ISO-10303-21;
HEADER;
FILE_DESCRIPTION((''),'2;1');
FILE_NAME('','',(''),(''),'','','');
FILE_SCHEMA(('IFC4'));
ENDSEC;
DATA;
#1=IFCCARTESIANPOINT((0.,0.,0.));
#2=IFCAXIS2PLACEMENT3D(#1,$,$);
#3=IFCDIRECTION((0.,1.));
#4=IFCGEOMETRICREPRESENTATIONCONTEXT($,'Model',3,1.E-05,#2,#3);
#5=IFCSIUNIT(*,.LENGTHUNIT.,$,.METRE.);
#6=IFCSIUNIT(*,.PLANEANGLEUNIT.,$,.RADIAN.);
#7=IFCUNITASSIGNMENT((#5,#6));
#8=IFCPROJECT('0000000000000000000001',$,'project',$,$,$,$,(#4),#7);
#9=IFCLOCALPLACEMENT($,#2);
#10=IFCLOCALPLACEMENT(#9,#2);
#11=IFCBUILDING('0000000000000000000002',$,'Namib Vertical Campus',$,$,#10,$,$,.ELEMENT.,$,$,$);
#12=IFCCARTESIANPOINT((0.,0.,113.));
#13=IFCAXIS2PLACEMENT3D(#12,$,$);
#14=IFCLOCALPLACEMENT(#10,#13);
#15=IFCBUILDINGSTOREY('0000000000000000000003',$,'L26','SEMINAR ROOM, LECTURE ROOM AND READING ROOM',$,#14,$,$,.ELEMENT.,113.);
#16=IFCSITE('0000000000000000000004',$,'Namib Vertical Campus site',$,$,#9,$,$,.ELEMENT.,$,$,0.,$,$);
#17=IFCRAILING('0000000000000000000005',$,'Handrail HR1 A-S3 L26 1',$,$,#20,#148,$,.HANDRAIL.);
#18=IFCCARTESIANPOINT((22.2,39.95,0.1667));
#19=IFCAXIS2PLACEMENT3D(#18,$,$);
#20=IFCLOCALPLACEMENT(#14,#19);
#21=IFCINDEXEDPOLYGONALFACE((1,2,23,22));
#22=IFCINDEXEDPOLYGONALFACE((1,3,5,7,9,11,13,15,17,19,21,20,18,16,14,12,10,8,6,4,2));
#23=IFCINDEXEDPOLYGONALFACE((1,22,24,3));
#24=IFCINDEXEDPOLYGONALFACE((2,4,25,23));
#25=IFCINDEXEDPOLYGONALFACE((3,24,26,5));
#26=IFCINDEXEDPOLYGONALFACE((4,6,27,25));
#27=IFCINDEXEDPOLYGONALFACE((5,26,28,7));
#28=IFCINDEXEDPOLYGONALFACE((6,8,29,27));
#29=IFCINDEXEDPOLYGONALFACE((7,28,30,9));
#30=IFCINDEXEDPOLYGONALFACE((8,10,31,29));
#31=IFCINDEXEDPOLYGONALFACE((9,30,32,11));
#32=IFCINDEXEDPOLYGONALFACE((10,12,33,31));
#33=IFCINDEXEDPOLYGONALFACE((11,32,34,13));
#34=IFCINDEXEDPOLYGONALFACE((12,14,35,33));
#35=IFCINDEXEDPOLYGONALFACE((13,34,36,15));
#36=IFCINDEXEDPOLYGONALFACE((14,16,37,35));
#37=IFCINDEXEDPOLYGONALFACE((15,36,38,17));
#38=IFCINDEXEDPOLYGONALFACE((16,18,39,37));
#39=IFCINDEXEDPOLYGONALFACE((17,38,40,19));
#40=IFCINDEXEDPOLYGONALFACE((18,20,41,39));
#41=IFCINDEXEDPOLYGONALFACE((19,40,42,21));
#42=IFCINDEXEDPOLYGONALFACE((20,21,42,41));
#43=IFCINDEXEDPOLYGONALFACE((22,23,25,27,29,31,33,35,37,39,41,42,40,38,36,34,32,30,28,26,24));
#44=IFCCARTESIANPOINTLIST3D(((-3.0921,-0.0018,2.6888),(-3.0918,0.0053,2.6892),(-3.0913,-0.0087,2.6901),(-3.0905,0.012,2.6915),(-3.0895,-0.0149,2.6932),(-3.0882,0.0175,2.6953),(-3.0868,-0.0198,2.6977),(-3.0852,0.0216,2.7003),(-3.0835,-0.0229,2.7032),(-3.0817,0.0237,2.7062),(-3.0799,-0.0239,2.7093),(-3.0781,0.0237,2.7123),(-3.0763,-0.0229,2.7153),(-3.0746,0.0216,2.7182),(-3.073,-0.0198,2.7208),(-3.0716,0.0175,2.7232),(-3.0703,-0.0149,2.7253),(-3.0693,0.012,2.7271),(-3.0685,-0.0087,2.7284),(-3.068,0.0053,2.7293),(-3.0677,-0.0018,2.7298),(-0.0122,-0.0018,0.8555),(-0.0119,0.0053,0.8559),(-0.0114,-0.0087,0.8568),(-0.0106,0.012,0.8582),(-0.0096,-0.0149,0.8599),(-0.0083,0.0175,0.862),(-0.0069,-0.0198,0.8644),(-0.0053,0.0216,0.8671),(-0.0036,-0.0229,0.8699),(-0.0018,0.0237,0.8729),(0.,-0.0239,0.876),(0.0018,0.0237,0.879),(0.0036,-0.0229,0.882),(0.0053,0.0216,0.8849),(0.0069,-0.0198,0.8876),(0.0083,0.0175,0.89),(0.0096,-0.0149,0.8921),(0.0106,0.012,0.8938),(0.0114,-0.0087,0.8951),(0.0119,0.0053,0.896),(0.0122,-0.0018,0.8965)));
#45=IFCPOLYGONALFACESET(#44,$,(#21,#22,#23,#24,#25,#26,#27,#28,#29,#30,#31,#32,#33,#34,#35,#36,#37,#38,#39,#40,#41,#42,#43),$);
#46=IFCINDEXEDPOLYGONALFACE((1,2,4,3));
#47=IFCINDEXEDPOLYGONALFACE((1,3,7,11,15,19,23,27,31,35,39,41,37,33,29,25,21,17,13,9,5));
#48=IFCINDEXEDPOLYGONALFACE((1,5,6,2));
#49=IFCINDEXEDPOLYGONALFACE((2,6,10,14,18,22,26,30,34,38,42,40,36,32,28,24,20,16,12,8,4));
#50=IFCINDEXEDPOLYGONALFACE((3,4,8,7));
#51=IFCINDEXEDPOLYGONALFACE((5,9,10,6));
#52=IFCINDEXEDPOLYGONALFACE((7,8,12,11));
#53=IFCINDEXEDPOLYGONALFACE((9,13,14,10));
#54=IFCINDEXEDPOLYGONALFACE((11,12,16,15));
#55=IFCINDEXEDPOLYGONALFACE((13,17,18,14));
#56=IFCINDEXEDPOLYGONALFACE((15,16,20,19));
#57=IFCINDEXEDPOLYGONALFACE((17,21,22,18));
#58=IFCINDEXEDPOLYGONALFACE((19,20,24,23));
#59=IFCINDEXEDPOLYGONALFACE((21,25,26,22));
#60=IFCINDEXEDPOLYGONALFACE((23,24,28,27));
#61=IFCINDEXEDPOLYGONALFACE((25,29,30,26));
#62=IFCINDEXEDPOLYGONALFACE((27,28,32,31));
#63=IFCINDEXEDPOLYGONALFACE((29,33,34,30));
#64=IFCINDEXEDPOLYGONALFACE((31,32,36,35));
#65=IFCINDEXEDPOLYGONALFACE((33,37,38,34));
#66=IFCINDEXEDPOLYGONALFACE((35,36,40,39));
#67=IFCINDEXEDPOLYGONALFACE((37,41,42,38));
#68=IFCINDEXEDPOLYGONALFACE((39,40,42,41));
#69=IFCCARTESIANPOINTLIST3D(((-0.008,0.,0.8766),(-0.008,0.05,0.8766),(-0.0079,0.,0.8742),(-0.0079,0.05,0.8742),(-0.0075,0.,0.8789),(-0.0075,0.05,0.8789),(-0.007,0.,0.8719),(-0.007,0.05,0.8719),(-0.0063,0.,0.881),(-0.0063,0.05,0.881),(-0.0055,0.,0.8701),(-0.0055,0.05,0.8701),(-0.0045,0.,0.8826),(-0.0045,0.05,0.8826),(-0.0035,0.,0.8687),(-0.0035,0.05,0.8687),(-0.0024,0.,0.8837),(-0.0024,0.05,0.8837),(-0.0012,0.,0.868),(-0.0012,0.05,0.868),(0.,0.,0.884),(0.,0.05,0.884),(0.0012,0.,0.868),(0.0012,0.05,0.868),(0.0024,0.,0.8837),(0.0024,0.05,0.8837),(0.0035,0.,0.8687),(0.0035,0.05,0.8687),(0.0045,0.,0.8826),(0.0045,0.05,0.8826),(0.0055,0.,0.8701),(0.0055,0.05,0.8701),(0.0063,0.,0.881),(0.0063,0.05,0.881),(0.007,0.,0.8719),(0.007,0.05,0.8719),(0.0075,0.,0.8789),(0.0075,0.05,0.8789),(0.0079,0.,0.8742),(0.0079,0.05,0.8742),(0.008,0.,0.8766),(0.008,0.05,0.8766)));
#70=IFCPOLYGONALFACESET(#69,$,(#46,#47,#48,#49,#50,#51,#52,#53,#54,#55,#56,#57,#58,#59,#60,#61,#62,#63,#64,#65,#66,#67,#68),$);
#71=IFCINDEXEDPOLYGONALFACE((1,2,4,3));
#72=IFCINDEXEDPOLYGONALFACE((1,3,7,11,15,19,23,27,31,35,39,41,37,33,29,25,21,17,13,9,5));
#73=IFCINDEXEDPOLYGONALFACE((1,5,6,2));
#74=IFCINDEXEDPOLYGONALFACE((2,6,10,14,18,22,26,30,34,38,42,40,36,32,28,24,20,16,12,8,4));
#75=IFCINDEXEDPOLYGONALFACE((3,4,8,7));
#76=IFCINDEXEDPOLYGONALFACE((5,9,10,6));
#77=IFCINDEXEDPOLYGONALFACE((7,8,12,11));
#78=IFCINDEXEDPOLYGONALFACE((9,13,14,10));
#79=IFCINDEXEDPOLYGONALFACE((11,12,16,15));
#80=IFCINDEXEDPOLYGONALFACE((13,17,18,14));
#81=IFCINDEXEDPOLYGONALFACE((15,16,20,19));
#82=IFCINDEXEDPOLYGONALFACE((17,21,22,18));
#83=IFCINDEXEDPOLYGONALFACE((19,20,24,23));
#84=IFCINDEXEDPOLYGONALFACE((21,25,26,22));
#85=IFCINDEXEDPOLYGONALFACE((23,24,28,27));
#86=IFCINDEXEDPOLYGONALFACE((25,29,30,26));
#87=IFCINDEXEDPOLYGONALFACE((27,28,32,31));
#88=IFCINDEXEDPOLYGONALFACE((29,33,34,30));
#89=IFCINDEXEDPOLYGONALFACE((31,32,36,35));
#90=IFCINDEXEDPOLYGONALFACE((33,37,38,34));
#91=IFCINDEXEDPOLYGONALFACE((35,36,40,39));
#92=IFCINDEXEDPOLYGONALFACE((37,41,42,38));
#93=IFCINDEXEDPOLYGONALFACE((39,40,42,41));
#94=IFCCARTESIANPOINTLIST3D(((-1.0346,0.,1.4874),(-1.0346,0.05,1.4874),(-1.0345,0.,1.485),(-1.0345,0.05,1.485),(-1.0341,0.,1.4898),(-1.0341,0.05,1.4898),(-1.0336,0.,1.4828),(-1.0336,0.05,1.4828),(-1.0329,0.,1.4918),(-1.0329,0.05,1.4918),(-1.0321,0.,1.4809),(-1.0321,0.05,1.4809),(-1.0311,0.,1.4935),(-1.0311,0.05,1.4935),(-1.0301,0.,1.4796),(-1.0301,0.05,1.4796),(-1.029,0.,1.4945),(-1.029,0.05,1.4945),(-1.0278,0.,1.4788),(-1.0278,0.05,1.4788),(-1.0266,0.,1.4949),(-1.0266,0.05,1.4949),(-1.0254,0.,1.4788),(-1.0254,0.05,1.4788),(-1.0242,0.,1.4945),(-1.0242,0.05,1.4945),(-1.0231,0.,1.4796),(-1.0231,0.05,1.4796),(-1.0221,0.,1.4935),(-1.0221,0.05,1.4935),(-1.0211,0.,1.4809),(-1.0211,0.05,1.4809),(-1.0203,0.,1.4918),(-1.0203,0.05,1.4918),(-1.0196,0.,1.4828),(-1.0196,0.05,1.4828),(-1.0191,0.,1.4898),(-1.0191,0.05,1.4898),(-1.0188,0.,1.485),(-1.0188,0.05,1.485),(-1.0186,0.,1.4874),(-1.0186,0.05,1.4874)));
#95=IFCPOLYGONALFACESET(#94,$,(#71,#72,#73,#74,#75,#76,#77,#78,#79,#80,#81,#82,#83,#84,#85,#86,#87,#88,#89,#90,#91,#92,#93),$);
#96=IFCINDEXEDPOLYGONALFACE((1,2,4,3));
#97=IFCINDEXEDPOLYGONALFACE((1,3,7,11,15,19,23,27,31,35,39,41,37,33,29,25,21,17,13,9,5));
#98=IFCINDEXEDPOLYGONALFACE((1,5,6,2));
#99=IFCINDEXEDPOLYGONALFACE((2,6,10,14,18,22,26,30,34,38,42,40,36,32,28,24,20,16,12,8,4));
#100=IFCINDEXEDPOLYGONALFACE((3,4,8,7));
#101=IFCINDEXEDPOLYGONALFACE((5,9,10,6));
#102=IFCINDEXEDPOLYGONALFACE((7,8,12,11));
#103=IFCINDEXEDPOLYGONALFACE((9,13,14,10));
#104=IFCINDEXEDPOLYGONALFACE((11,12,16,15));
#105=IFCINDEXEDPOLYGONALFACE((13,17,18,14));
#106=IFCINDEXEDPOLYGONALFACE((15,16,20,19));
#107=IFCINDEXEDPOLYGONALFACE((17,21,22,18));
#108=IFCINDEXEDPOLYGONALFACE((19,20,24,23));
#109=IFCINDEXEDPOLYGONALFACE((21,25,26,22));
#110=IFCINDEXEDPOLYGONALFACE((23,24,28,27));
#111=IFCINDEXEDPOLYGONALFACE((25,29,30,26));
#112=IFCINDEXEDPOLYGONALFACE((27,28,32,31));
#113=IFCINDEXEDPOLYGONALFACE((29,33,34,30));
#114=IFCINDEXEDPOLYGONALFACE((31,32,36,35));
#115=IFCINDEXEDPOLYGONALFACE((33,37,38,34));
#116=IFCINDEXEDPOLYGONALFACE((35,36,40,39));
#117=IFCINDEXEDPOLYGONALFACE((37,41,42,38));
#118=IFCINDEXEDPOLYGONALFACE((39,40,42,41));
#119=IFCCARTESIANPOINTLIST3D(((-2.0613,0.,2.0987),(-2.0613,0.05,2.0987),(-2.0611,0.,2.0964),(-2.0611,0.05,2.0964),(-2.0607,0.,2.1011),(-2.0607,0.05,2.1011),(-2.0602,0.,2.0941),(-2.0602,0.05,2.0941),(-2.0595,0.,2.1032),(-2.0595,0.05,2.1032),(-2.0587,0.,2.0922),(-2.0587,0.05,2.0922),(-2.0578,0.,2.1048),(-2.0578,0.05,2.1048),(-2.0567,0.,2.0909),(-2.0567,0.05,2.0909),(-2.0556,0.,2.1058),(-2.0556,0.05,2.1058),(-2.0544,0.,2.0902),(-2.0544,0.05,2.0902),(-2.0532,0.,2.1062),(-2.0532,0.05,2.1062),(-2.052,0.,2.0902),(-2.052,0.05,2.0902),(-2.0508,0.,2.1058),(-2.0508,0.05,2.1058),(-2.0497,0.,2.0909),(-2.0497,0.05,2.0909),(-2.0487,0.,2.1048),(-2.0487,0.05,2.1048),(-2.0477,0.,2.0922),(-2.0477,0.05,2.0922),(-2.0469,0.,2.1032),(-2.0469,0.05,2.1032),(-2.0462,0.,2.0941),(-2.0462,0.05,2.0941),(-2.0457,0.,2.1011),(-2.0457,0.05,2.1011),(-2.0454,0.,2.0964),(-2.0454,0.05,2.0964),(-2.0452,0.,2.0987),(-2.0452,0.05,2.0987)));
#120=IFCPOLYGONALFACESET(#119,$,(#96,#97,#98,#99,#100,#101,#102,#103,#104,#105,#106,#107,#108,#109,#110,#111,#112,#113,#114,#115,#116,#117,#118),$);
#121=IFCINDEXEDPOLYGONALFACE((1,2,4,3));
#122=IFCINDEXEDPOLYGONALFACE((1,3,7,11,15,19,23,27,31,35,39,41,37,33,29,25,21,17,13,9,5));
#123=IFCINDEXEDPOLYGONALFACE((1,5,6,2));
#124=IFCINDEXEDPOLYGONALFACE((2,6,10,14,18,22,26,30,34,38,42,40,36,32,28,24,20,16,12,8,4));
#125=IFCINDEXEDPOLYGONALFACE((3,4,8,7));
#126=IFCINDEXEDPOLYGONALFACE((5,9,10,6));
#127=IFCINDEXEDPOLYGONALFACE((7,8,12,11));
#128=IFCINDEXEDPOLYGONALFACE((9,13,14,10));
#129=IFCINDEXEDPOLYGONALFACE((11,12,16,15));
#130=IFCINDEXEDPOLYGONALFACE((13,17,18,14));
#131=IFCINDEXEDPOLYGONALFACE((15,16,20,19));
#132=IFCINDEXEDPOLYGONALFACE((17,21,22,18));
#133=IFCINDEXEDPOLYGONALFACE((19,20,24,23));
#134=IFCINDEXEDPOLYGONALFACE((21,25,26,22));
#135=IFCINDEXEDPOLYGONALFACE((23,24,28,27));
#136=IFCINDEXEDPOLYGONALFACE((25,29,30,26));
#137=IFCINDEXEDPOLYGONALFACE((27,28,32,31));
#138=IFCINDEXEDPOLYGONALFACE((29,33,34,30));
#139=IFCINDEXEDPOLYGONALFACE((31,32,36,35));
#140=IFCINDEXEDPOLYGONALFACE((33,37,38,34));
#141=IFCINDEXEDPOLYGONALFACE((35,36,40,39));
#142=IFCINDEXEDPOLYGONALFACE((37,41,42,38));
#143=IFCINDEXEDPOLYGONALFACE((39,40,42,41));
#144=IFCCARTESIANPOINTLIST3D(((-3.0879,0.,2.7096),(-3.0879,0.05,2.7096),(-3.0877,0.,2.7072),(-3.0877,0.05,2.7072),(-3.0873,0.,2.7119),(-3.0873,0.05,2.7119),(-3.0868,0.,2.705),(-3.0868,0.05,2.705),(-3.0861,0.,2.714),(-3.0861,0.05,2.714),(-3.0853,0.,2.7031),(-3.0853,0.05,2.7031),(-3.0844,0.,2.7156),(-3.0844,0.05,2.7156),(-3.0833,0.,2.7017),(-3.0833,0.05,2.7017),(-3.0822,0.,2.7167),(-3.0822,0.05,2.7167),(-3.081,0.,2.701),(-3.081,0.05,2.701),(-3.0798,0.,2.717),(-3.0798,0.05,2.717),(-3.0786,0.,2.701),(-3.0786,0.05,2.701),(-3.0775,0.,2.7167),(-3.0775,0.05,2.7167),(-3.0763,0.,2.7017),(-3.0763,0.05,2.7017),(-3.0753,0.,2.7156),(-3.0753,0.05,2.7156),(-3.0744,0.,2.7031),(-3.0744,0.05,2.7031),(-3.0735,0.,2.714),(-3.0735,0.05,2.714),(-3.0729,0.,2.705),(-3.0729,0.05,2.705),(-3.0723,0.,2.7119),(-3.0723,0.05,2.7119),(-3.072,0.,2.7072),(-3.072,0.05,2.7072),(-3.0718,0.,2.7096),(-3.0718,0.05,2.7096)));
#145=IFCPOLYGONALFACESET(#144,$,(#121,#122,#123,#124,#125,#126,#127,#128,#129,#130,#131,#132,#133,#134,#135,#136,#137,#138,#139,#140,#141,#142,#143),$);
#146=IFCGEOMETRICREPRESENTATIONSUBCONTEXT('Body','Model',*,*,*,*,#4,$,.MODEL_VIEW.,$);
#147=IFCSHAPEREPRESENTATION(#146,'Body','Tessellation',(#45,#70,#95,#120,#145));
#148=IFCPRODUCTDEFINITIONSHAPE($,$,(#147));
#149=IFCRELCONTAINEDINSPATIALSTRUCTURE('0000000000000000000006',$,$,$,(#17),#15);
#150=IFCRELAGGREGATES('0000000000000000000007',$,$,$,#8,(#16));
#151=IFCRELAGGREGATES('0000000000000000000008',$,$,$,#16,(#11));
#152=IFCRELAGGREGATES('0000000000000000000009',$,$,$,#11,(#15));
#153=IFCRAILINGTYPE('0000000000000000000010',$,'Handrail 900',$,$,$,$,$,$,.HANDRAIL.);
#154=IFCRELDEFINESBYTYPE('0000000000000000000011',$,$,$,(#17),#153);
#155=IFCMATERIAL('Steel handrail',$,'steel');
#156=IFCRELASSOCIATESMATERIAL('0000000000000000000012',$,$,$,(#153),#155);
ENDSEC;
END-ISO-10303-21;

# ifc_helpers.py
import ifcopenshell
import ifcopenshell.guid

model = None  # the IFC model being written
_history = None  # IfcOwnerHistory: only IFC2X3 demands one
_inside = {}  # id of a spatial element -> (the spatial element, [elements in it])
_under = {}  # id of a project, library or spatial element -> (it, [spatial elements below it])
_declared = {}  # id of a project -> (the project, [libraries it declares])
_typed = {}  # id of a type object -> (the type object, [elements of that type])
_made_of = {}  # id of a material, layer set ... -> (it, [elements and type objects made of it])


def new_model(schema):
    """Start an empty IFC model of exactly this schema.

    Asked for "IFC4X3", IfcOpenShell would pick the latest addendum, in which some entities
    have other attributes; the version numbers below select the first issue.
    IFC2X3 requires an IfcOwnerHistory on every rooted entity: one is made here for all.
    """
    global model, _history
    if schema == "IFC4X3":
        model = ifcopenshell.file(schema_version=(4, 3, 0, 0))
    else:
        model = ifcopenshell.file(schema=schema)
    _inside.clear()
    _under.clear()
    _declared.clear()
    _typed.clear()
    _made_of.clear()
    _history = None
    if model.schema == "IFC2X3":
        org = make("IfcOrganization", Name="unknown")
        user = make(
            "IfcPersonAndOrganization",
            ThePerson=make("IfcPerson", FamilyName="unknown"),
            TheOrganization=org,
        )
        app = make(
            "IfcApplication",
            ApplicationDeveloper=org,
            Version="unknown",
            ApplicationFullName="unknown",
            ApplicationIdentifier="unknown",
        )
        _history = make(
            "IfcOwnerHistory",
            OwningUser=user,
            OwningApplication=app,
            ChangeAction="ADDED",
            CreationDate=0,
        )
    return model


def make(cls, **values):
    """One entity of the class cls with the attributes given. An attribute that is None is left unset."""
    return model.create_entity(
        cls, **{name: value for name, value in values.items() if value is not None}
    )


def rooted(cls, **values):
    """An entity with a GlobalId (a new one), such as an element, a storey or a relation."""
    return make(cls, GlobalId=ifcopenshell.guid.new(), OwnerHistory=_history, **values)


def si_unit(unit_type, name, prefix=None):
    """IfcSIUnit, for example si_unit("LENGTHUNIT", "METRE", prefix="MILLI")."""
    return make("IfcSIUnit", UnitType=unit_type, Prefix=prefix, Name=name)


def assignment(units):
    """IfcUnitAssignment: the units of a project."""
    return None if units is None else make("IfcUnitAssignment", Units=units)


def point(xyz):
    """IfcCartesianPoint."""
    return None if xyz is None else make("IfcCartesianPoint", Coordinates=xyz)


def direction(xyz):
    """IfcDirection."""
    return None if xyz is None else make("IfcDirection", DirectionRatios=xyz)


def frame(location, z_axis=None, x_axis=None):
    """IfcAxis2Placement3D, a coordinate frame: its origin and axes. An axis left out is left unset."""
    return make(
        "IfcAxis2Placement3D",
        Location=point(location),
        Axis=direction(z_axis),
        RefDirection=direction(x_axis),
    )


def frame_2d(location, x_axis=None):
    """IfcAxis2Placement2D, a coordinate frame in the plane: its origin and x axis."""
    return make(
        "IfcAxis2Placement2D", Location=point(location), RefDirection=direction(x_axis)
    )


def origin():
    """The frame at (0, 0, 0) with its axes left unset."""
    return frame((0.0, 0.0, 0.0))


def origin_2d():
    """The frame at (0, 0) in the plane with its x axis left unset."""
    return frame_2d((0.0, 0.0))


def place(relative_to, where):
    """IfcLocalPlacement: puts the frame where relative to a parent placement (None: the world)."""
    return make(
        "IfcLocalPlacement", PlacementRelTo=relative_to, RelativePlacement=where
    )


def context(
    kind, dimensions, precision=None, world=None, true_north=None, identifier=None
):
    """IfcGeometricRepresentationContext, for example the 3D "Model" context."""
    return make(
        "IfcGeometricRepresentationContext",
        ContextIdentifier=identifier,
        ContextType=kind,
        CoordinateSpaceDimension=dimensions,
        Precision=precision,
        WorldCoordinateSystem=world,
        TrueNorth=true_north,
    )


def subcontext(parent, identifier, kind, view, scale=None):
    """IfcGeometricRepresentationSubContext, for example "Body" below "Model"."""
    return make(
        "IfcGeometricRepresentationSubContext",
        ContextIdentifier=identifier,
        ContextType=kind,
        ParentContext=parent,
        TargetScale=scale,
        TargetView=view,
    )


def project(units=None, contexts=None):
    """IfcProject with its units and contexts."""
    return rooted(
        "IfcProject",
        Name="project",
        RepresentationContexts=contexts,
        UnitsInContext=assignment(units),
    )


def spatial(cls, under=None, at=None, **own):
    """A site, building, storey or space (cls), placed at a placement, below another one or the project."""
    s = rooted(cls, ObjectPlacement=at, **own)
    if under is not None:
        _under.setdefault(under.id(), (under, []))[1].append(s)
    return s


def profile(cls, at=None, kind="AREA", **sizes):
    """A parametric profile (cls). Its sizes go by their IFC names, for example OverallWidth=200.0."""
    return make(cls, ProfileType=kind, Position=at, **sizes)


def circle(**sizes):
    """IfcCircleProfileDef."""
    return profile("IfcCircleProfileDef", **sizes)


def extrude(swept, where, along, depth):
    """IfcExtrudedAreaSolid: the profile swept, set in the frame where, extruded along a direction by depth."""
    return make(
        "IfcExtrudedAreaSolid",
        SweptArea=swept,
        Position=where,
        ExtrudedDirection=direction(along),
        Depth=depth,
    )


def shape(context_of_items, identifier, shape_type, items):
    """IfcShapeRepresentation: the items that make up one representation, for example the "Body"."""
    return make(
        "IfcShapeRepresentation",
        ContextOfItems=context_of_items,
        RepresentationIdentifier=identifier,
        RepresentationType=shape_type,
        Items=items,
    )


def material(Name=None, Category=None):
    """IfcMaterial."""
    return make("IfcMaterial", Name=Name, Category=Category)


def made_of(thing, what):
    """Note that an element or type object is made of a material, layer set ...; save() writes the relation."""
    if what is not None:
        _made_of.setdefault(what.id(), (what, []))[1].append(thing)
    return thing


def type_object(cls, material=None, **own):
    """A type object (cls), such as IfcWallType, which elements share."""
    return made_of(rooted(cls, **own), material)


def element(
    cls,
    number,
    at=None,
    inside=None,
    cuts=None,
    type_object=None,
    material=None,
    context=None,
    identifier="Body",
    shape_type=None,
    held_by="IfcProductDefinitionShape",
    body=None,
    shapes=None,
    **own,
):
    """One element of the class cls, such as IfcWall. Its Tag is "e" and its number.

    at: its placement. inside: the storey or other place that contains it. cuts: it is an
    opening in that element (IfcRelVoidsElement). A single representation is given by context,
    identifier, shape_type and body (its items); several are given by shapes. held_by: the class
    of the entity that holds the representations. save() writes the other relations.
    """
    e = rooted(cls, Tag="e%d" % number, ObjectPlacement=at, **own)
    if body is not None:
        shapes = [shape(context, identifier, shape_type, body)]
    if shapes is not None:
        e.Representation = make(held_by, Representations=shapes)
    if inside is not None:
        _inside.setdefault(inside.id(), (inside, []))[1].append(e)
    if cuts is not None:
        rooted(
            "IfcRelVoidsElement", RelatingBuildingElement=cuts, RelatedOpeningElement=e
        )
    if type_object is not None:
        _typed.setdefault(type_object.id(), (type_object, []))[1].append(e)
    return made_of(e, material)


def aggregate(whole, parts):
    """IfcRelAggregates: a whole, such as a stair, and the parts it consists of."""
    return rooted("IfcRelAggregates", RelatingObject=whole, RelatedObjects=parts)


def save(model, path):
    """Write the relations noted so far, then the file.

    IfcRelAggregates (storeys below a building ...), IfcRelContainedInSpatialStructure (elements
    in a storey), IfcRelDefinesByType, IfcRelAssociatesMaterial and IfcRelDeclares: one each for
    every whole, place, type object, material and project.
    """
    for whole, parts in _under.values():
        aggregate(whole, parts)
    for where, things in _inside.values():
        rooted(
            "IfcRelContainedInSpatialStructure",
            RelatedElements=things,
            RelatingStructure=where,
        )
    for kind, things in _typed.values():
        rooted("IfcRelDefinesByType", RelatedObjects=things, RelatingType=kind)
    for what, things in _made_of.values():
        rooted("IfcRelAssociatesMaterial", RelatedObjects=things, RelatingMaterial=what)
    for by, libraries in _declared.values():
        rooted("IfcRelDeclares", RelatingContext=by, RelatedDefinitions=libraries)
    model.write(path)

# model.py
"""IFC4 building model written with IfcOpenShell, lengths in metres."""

from ifc_helpers import new_model, si_unit, direction, frame, origin, origin_2d, place, context, subcontext, project, spatial, circle, extrude, material, type_object, element, save


model = new_model("IFC4")

# Units and contexts
model_context = context("Model", 3, precision=1e-05, world=origin(), true_north=direction((0.0, 1.0)))
body_context = subcontext(model_context, "Body", "Model", "MODEL_VIEW")
ifc_project = project(units=[si_unit("LENGTHUNIT", "METRE"), si_unit("PLANEANGLEUNIT", "RADIAN")], contexts=[model_context])

# Site, building, storey
site_placement = place(None, origin())
site = spatial("IfcSite", under=ifc_project, at=site_placement, Name="Namib Vertical Campus site", CompositionType="ELEMENT", RefElevation=0.0)
building_placement = place(site_placement, origin())
building = spatial("IfcBuilding", under=site, at=building_placement, Name="Namib Vertical Campus", CompositionType="ELEMENT")
storey_placement = place(building_placement, frame((0.0, 0.0, 113.0)))
storey = spatial("IfcBuildingStorey", under=building, at=storey_placement, Name="L26", Description="SEMINAR ROOM, LECTURE ROOM AND READING ROOM", CompositionType="ELEMENT", Elevation=113.0)

# Railing
ifc_material_1 = material(Name="Steel handrail", Category="steel")
railing_type = type_object("IfcRailingType", Name="Handrail 900", PredefinedType="HANDRAIL", material=ifc_material_1)
railing_1_placement = place(storey_placement, frame((22.2, 39.95, 0.1667)))
element("IfcRailing", 1, at=railing_1_placement, inside=storey, type_object=railing_type, Name="Handrail HR1 A-S3 L26 1", PredefinedType="HANDRAIL", context=body_context, shape_type="SweptSolid", body=[
    extrude(circle(Radius=0.0239, at=origin_2d()), frame((0.0, 0.0, 0.876), z_axis=(-0.859291, 0.0, 0.511487), x_axis=(0.0, -1.0, 0.0)), (0.0, 0.0, 1.0), 3.5842),
    extrude(circle(Radius=0.0081, at=origin_2d()), frame((0.0, 0.0, 0.876), z_axis=(0.0, 1.0, 0.0), x_axis=(0.0, 0.0, 1.0)), (0.0, 0.0, 1.0), 0.05),
    extrude(circle(Radius=0.0081, at=origin_2d()), frame((-1.0266, 0.0, 1.4868), z_axis=(0.0, 1.0, 0.0), x_axis=(0.0, 0.0, 1.0)), (0.0, 0.0, 1.0), 0.05),
    extrude(circle(Radius=0.0081, at=origin_2d()), frame((-2.0532, 0.0, 2.0981), z_axis=(0.0, 1.0, 0.0), x_axis=(0.0, 0.0, 1.0)), (0.0, 0.0, 1.0), 0.05),
    extrude(circle(Radius=0.0081, at=origin_2d()), frame((-3.0798, 0.0, 2.709), z_axis=(0.0, 1.0, 0.0), x_axis=(0.0, 0.0, 1.0)), (0.0, 0.0, 1.0), 0.05),
])

save(model, "model.ifc")
